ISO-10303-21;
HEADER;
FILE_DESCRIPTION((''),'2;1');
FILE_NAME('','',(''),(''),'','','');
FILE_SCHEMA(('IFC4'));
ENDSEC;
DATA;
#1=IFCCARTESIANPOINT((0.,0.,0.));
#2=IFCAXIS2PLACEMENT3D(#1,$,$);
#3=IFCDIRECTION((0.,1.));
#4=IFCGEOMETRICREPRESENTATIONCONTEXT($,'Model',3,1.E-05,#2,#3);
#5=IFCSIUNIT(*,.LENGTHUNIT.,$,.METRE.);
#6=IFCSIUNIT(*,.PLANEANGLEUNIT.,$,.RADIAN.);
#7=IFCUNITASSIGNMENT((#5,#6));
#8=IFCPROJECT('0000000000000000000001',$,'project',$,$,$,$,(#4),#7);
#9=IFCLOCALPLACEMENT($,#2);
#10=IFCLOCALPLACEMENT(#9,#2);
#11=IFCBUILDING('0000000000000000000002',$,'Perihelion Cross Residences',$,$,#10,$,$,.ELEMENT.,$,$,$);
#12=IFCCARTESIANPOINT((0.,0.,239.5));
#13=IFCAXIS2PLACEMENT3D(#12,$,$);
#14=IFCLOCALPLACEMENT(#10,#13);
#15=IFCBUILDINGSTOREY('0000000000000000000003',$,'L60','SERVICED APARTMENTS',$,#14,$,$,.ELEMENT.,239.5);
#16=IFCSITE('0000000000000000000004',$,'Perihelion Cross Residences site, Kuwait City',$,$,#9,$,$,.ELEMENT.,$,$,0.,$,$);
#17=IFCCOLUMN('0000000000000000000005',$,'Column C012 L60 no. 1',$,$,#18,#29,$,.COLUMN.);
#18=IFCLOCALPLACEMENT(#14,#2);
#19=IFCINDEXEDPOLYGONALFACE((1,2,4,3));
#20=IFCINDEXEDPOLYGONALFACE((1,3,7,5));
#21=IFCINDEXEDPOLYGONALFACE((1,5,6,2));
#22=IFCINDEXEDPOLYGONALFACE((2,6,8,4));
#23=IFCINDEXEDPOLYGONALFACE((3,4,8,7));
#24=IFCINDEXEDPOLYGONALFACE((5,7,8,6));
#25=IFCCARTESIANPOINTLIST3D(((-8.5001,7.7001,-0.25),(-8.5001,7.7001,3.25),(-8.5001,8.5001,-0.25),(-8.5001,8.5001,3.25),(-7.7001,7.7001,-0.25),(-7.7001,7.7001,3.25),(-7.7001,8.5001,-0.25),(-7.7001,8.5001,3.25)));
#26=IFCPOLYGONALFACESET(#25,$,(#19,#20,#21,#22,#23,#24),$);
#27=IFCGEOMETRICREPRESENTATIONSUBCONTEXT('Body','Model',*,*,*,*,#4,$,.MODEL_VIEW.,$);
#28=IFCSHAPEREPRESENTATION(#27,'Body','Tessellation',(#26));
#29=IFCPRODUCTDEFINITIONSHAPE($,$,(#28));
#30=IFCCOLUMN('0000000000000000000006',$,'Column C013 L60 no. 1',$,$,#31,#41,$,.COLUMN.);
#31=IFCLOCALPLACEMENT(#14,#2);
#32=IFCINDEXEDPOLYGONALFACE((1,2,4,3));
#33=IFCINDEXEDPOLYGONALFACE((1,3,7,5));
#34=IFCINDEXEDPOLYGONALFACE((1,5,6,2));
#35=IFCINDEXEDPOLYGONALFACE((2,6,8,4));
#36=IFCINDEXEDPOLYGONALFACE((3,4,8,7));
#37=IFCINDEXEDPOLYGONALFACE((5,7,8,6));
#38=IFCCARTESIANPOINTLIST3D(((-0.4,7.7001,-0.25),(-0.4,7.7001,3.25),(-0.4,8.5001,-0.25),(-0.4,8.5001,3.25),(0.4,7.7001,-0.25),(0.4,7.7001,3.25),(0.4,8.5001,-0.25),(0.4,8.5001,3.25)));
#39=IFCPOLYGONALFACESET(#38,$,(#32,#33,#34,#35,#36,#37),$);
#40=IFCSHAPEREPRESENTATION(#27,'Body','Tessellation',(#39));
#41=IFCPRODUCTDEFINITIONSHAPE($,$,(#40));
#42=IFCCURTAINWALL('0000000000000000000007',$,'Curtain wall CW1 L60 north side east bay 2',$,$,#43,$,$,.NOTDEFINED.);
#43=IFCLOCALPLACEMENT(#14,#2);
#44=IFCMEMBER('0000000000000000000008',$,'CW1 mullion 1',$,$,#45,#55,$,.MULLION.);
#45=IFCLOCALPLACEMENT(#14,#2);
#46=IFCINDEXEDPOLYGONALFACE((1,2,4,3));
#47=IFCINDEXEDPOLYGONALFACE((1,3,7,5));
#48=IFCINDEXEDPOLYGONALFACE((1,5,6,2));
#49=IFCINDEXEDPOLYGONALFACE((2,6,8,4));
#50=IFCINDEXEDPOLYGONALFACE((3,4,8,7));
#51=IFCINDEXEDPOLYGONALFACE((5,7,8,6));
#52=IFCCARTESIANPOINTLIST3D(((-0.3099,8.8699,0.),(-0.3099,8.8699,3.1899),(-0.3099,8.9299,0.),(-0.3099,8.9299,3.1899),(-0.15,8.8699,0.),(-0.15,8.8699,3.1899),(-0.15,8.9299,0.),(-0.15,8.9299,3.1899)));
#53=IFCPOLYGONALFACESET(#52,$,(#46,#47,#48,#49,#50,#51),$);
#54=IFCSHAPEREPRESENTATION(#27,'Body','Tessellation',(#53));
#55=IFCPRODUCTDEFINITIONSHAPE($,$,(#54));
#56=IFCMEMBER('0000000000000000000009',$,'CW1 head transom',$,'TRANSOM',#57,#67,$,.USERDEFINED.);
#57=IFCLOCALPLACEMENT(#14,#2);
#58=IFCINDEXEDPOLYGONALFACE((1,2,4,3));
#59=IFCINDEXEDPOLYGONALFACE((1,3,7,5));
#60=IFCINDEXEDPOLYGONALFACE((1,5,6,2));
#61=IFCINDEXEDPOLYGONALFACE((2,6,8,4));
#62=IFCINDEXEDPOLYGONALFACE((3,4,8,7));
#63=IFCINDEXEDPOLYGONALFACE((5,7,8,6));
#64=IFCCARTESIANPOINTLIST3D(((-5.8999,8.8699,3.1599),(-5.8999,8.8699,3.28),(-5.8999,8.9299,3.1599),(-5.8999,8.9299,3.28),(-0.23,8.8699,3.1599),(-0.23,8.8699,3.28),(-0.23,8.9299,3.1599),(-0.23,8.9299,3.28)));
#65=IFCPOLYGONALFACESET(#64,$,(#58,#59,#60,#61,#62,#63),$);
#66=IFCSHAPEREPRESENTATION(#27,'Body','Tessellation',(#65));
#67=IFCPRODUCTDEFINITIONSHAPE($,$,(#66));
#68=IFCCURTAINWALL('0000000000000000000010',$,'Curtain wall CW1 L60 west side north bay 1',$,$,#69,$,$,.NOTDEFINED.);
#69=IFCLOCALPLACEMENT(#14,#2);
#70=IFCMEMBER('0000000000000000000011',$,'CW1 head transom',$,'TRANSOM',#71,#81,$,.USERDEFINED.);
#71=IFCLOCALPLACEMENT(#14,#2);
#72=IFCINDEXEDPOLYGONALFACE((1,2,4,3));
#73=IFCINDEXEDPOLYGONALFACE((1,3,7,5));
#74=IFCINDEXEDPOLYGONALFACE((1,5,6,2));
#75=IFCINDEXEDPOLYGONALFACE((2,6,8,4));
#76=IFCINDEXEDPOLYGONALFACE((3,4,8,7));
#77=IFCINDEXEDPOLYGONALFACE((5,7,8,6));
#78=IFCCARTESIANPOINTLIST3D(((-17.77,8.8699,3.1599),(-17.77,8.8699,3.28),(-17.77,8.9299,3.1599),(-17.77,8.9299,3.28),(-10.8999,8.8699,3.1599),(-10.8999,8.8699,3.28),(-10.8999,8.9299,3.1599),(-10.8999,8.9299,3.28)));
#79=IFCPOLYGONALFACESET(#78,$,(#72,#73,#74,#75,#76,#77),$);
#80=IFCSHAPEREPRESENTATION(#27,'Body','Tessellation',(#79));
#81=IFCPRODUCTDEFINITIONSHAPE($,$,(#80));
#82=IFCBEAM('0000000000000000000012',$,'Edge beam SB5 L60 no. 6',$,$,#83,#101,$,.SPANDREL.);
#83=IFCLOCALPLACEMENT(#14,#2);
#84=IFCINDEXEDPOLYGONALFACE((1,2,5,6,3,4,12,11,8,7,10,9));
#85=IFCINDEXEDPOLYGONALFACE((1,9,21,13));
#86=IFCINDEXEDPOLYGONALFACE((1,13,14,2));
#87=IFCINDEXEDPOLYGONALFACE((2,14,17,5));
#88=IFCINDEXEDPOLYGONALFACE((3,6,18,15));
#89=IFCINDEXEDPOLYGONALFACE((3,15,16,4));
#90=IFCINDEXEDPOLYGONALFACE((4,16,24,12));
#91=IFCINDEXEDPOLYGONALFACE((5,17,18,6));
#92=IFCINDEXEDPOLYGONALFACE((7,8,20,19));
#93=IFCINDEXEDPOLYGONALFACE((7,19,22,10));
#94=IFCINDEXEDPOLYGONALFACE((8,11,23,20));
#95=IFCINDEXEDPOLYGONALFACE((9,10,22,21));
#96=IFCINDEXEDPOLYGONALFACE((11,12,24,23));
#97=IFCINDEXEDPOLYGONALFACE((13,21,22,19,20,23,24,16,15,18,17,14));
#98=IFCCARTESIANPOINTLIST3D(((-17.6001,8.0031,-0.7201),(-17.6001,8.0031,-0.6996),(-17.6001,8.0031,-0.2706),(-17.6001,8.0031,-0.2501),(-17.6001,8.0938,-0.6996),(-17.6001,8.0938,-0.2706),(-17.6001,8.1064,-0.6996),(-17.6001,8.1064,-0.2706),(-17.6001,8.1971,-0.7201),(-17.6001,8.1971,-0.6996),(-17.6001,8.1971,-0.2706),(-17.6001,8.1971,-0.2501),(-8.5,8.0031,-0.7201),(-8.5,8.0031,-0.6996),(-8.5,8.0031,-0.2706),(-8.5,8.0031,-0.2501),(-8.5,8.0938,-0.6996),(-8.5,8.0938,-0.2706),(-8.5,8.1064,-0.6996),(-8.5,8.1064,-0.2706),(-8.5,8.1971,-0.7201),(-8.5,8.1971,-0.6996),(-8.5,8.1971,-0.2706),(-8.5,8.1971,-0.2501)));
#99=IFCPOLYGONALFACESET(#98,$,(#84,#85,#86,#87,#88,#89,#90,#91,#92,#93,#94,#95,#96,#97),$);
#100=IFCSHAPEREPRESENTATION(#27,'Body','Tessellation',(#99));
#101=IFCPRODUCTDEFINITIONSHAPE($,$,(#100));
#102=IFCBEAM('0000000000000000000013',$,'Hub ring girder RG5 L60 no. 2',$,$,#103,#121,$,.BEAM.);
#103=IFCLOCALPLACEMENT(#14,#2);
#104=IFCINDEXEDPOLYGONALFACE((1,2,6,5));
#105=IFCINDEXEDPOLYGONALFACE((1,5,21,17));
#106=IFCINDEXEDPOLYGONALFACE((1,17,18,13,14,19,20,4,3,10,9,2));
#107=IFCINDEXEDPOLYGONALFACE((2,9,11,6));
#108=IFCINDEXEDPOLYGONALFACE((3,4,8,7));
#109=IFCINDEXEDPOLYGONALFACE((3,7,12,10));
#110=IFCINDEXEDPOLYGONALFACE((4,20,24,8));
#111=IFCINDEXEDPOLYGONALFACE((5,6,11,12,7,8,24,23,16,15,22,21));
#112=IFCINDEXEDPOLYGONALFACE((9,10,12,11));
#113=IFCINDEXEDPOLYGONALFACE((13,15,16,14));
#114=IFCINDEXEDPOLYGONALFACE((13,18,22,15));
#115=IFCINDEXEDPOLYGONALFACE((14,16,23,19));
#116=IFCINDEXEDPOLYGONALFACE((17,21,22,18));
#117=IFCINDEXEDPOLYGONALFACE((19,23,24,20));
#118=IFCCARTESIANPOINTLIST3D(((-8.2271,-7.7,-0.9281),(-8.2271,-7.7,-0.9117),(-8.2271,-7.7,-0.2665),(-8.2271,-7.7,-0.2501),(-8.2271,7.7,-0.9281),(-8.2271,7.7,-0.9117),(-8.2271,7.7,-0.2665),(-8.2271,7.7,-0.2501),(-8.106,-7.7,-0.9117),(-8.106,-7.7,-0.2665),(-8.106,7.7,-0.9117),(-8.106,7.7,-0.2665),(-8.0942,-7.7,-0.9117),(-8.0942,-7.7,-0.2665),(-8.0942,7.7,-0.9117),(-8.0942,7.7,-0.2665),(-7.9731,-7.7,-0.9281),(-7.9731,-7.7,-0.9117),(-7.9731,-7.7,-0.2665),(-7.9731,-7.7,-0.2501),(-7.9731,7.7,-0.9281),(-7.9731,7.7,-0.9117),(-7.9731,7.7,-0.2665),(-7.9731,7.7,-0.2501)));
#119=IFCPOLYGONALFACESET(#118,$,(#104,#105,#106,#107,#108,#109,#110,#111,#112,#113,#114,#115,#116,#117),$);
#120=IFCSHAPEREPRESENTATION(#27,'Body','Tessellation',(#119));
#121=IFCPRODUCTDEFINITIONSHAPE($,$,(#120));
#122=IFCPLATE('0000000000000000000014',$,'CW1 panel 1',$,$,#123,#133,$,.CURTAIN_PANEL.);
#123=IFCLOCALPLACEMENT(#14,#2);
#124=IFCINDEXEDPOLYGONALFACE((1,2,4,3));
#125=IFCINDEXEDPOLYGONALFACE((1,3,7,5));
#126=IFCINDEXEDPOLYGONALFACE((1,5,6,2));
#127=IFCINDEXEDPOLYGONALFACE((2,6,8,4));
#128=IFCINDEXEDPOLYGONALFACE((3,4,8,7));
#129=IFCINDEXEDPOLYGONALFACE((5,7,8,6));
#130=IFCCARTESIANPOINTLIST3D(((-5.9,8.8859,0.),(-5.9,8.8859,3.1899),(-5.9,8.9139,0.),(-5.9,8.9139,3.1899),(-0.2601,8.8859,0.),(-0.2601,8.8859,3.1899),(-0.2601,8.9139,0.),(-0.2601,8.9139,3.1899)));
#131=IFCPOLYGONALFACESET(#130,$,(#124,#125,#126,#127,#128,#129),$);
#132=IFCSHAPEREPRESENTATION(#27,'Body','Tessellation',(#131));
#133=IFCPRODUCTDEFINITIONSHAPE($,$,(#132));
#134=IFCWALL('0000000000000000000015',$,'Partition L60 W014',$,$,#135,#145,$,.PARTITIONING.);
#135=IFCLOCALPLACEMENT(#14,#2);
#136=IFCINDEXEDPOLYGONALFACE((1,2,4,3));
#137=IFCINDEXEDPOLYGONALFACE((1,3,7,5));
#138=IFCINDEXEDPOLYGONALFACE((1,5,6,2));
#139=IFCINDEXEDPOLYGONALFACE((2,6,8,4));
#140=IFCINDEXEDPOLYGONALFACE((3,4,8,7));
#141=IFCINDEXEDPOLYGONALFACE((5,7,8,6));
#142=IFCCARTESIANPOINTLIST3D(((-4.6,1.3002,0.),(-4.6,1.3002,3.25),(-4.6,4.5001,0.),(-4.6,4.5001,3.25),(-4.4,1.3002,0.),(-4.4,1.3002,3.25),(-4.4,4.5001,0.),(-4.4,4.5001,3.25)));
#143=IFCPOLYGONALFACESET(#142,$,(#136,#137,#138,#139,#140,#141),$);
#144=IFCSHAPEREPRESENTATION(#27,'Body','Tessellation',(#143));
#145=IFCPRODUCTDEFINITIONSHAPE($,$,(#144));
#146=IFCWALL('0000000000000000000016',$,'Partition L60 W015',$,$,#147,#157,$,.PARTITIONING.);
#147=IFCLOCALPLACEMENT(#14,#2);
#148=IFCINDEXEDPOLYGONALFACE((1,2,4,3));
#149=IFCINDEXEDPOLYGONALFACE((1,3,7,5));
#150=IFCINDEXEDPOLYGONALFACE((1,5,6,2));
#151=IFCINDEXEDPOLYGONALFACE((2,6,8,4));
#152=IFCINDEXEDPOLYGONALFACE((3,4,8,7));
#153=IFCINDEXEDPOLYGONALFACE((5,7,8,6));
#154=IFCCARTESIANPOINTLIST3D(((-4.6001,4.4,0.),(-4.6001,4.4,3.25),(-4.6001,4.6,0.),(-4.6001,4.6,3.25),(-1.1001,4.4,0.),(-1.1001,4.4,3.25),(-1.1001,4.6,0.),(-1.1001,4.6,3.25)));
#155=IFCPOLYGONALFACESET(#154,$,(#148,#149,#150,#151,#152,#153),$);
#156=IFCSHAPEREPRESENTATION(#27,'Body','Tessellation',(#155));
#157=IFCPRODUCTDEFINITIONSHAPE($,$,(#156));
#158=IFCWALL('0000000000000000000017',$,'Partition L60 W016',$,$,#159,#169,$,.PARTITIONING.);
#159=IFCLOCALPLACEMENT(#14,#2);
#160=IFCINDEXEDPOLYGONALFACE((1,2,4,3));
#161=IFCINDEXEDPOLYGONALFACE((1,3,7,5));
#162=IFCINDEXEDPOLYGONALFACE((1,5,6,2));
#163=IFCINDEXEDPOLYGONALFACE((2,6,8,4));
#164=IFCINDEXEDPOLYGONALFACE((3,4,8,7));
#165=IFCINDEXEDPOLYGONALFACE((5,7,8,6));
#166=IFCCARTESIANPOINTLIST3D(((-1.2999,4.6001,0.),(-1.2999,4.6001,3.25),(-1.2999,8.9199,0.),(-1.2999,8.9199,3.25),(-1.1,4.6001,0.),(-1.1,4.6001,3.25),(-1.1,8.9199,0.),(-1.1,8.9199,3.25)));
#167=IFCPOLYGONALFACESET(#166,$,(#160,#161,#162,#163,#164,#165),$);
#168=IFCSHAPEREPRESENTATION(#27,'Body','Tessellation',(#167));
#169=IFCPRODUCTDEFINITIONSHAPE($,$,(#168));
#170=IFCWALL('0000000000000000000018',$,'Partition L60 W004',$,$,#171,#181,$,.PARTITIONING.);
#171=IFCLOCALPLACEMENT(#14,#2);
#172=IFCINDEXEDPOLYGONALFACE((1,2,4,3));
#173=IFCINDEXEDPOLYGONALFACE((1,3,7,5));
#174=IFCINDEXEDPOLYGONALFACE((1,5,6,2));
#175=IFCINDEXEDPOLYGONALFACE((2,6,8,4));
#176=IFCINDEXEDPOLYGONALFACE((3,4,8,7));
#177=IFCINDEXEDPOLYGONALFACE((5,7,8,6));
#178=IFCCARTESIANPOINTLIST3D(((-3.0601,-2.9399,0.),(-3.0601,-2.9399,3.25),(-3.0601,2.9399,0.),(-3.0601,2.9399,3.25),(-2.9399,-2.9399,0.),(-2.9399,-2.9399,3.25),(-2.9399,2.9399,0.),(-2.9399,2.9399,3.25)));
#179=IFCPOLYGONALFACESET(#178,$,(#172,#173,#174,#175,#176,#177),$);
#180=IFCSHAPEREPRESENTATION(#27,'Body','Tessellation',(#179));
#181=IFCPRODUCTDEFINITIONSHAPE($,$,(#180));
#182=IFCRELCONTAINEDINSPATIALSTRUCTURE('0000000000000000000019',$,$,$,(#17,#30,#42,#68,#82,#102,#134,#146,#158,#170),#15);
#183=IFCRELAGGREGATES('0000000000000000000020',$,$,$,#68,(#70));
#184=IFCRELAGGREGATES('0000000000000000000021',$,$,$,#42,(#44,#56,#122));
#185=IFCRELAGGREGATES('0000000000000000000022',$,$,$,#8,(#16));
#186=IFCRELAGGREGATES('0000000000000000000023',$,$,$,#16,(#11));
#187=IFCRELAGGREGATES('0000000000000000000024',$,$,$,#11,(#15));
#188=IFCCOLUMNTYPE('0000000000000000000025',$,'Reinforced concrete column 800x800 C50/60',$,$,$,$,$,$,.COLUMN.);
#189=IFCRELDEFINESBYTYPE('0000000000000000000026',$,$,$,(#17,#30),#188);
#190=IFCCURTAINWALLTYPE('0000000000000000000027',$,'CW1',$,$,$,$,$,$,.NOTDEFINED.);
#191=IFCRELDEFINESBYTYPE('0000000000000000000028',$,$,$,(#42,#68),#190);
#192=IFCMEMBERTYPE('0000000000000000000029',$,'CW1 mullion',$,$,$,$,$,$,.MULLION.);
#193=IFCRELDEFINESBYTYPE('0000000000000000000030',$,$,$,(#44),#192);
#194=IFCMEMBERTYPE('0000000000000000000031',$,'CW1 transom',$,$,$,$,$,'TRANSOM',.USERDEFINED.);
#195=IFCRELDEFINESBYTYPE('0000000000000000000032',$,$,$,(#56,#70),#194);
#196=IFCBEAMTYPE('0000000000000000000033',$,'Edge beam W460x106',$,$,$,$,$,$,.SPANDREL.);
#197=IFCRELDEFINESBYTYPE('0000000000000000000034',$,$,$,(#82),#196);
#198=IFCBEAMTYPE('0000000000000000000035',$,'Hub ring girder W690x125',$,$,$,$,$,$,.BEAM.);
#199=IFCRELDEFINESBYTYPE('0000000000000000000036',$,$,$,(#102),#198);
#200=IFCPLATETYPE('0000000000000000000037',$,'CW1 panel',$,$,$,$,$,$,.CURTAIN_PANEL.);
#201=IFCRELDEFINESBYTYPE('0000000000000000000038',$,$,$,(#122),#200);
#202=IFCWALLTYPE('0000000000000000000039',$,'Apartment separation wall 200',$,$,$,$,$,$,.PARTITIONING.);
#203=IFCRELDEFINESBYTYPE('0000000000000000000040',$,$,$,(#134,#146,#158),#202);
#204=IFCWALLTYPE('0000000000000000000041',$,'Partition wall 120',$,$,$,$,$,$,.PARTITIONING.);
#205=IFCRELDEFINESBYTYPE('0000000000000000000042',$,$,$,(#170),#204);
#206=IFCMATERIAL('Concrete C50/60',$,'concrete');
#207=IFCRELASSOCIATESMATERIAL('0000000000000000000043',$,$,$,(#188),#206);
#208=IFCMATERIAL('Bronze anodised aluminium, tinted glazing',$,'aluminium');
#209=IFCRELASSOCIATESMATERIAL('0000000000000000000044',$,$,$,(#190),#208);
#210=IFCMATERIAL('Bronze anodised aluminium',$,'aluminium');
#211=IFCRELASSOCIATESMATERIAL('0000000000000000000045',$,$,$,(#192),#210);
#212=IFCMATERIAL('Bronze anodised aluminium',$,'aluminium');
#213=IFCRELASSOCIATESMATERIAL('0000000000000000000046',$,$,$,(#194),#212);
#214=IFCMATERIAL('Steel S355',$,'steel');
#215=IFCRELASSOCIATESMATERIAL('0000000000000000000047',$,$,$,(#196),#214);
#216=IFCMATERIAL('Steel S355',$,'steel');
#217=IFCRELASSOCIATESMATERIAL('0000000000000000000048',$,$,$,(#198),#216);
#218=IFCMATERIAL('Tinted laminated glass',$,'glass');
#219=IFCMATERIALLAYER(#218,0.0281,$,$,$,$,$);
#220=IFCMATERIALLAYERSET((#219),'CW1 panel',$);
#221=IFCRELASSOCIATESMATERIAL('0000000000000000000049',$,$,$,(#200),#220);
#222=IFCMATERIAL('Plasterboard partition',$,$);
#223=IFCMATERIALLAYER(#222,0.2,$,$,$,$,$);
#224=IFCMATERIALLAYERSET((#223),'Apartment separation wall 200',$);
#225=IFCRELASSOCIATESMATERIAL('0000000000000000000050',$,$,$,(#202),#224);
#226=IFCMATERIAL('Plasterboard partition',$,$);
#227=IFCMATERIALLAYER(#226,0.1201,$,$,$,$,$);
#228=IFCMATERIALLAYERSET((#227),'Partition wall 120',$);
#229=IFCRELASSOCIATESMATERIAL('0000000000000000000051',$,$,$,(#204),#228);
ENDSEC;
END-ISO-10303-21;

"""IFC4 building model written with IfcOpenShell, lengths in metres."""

from ifc_helpers import new_model, si_unit, direction, frame, frame_2d, origin, origin_2d, place, context, subcontext, project, spatial, rectangle, i_section, extrude, material, layer, layer_set, material_profile, profile_set, type_object, element, aggregate, save


model = new_model("IFC4")

# Units and contexts
model_context = context("Model", 3, precision=1e-05, world=origin(), true_north=direction((0.0, 1.0)))
body_context = subcontext(model_context, "Body", "Model", "MODEL_VIEW")
ifc_project = project(units=[si_unit("LENGTHUNIT", "METRE"), si_unit("PLANEANGLEUNIT", "RADIAN")], contexts=[model_context])

# Site, building, storey
site_placement = place(None, origin())
site = spatial("IfcSite", under=ifc_project, at=site_placement, Name="Perihelion Cross Residences site, Kuwait City", CompositionType="ELEMENT", RefElevation=0.0)
building_placement = place(site_placement, origin())
building = spatial("IfcBuilding", under=site, at=building_placement, Name="Perihelion Cross Residences", CompositionType="ELEMENT")
storey_placement = place(building_placement, frame((0.0, 0.0, 239.5)))
storey = spatial("IfcBuildingStorey", under=building, at=storey_placement, Name="L60", Description="SERVICED APARTMENTS", CompositionType="ELEMENT", Elevation=239.5)

# Columns
ifc_material_1 = material(Name="Concrete C50/60", Category="concrete")
ifc_material_profile_1 = material_profile(ifc_material_1, rectangle(XDim=0.8, YDim=0.8, at=origin_2d()), Name="RC 800x800")
ifc_profile_set_1 = profile_set([ifc_material_profile_1], Name="Concrete C50/60")
column_type = type_object("IfcColumnType", Name="Reinforced concrete column 800x800 C50/60", PredefinedType="COLUMN", material=ifc_profile_set_1)
for number, where, z_axis, x_axis, name in (
    (1, (-8.1001, 8.1001, -0.25), (0.0, 0.0, 1.0), (1.0, 0.0, 0.0), "Column C012 L60 no. 1"),
    (2, (0.0, 8.1001, -0.25), (0.0, 0.0, 1.0), (1.0, 0.0, 0.0), "Column C013 L60 no. 1"),
):
    element("IfcColumn", number, at=place(storey_placement, frame(where, z_axis=z_axis, x_axis=x_axis)), inside=storey, type_object=column_type, Name=name, PredefinedType="COLUMN", context=body_context, shape_type="SweptSolid", body=[
        extrude(rectangle(XDim=0.8, YDim=0.8, at=origin_2d()), origin(), (0.0, 0.0, 1.0), 3.5),
    ])

# Curtain wall, members
ifc_material_2 = material(Name="Bronze anodised aluminium, tinted glazing", Category="aluminium")
curtain_wall_type = type_object("IfcCurtainWallType", Name="CW1", PredefinedType="NOTDEFINED", material=ifc_material_2)
curtain_wall_1_placement = place(storey_placement, origin())
curtain_wall_1 = element("IfcCurtainWall", 3, at=curtain_wall_1_placement, inside=storey, type_object=curtain_wall_type, Name="Curtain wall CW1 L60 north side east bay 2", PredefinedType="NOTDEFINED")
ifc_material_3 = material(Name="Bronze anodised aluminium", Category="aluminium")
ifc_material_profile_2 = material_profile(ifc_material_3, rectangle(XDim=0.0601, YDim=0.1599, at=origin_2d()), Name="CW1 mullion")
ifc_profile_set_2 = profile_set([ifc_material_profile_2], Name="Bronze anodised aluminium")
member_type_1 = type_object("IfcMemberType", Name="CW1 mullion", PredefinedType="MULLION", material=ifc_profile_set_2)
member_1_placement = place(storey_placement, frame((-0.23, 8.8999, 0.0), z_axis=(0.0, 0.0, 1.0), x_axis=(0.0, -1.0, 0.0)))
member_1 = element("IfcMember", 4, at=member_1_placement, type_object=member_type_1, Name="CW1 mullion 1", PredefinedType="MULLION", context=body_context, shape_type="SweptSolid", body=[
    extrude(rectangle(XDim=0.0601, YDim=0.1599, at=origin_2d()), origin(), (0.0, 0.0, 1.0), 3.1899),
])
ifc_material_4 = material(Name="Bronze anodised aluminium", Category="aluminium")
ifc_material_profile_3 = material_profile(ifc_material_4, rectangle(XDim=0.0601, YDim=0.1201, at=origin_2d()), Name="CW1 transom")
ifc_profile_set_3 = profile_set([ifc_material_profile_3], Name="Bronze anodised aluminium")
member_type_2 = type_object("IfcMemberType", Name="CW1 transom", ElementType="TRANSOM", PredefinedType="USERDEFINED", material=ifc_profile_set_3)
member_2_placement = place(storey_placement, frame((-0.23, 8.8999, 3.22), z_axis=(-1.0, 0.0, 0.0), x_axis=(0.0, -1.0, 0.0)))
member_2 = element("IfcMember", 5, at=member_2_placement, type_object=member_type_2, Name="CW1 head transom", ObjectType="TRANSOM", PredefinedType="USERDEFINED", context=body_context, shape_type="SweptSolid", body=[
    extrude(rectangle(XDim=0.0601, YDim=0.1201, at=origin_2d()), origin(), (0.0, 0.0, 1.0), 5.6699),
])

# Curtain wall, member
curtain_wall_2_placement = place(storey_placement, origin())
curtain_wall_2 = element("IfcCurtainWall", 6, at=curtain_wall_2_placement, inside=storey, type_object=curtain_wall_type, Name="Curtain wall CW1 L60 west side north bay 1", PredefinedType="NOTDEFINED")
member_3_placement = place(storey_placement, frame((-10.8999, 8.8999, 3.22), z_axis=(-1.0, 0.0, 0.0), x_axis=(0.0, -1.0, 0.0)))
member_3 = element("IfcMember", 7, at=member_3_placement, type_object=member_type_2, Name="CW1 head transom", ObjectType="TRANSOM", PredefinedType="USERDEFINED", context=body_context, shape_type="SweptSolid", body=[
    extrude(rectangle(XDim=0.0601, YDim=0.1201, at=origin_2d()), origin(), (0.0, 0.0, 1.0), 6.8701),
])
aggregate(curtain_wall_2, [member_3])

# Beams
ifc_material_5 = material(Name="Steel S355", Category="steel")
ifc_material_profile_4 = material_profile(ifc_material_5, i_section(OverallWidth=0.1941, OverallDepth=0.47, WebThickness=0.0127, FlangeThickness=0.0205, at=origin_2d()), Name="W460x106")
ifc_profile_set_4 = profile_set([ifc_material_profile_4], Name="Steel S355")
beam_type_1 = type_object("IfcBeamType", Name="Edge beam W460x106", PredefinedType="SPANDREL", material=ifc_profile_set_4)
beam_1_placement = place(storey_placement, frame((-8.5, 8.1001, -0.4851), z_axis=(-1.0, 0.0, 0.0), x_axis=(0.0, -1.0, 0.0)))
element("IfcBeam", 8, at=beam_1_placement, inside=storey, type_object=beam_type_1, Name="Edge beam SB5 L60 no. 6", PredefinedType="SPANDREL", context=body_context, shape_type="SweptSolid", body=[
    extrude(i_section(OverallWidth=0.1941, OverallDepth=0.47, WebThickness=0.0127, FlangeThickness=0.0205, at=origin_2d()), origin(), (0.0, 0.0, 1.0), 9.1001),
])
ifc_material_6 = material(Name="Steel S355", Category="steel")
ifc_material_profile_5 = material_profile(ifc_material_6, i_section(OverallWidth=0.2539, OverallDepth=0.678, WebThickness=0.0117, FlangeThickness=0.0164, at=origin_2d()), Name="W690x125")
ifc_profile_set_5 = profile_set([ifc_material_profile_5], Name="Steel S355")
beam_type_2 = type_object("IfcBeamType", Name="Hub ring girder W690x125", PredefinedType="BEAM", material=ifc_profile_set_5)
beam_2_placement = place(storey_placement, frame((-8.1001, 7.7, -0.5891), z_axis=(0.0, -1.0, 0.0), x_axis=(1.0, 0.0, 0.0)))
element("IfcBeam", 9, at=beam_2_placement, inside=storey, type_object=beam_type_2, Name="Hub ring girder RG5 L60 no. 2", PredefinedType="BEAM", context=body_context, shape_type="SweptSolid", body=[
    extrude(i_section(OverallWidth=0.2539, OverallDepth=0.678, WebThickness=0.0117, FlangeThickness=0.0164, at=origin_2d()), origin(), (0.0, 0.0, 1.0), 15.3999),
])

# Plate
ifc_material_7 = material(Name="Tinted laminated glass", Category="glass")
ifc_layer_1 = layer(ifc_material_7, 0.0281)
ifc_layer_set_1 = layer_set([ifc_layer_1], Name="CW1 panel")
plate_type = type_object("IfcPlateType", Name="CW1 panel", PredefinedType="CURTAIN_PANEL", material=ifc_layer_set_1)
plate_placement = place(storey_placement, frame((-3.0801, 8.8999, 0.0), z_axis=(0.0, 0.0, 1.0), x_axis=(-1.0, 0.0, 0.0)))
plate = element("IfcPlate", 10, at=plate_placement, type_object=plate_type, Name="CW1 panel 1", PredefinedType="CURTAIN_PANEL", context=body_context, shape_type="SweptSolid", body=[
    extrude(rectangle(XDim=5.6399, YDim=0.0281, at=origin_2d()), origin(), (0.0, 0.0, 1.0), 3.1899),
])
aggregate(curtain_wall_1, [member_1, member_2, plate])

# Walls
ifc_material_8 = material(Name="Plasterboard partition")
ifc_layer_2 = layer(ifc_material_8, 0.2)
ifc_layer_set_2 = layer_set([ifc_layer_2], Name="Apartment separation wall 200")
wall_type_1 = type_object("IfcWallType", Name="Apartment separation wall 200", PredefinedType="PARTITIONING", material=ifc_layer_set_2)
wall_1_placement = place(storey_placement, frame((-4.5, 1.3, 0.0), z_axis=(0.0, 0.0, 1.0), x_axis=(0.0, 1.0, 0.0)))
element("IfcWall", 11, at=wall_1_placement, inside=storey, type_object=wall_type_1, Name="Partition L60 W014", PredefinedType="PARTITIONING", context=body_context, shape_type="SweptSolid", body=[
    extrude(rectangle(XDim=3.2, YDim=0.2, at=frame_2d((1.6001, 0.0))), origin(), (0.0, 0.0, 1.0), 3.25),
])
wall_2_placement = place(storey_placement, frame((-4.6001, 4.5, 0.0), z_axis=(0.0, 0.0, 1.0), x_axis=(1.0, 0.0, 0.0)))
element("IfcWall", 12, at=wall_2_placement, inside=storey, type_object=wall_type_1, Name="Partition L60 W015", PredefinedType="PARTITIONING", context=body_context, shape_type="SweptSolid", body=[
    extrude(rectangle(XDim=3.5, YDim=0.2, at=frame_2d((1.75, 0.0))), origin(), (0.0, 0.0, 1.0), 3.25),
])
wall_3_placement = place(storey_placement, frame((-1.2, 4.6001, 0.0), z_axis=(0.0, 0.0, 1.0), x_axis=(0.0, 1.0, 0.0)))
element("IfcWall", 13, at=wall_3_placement, inside=storey, type_object=wall_type_1, Name="Partition L60 W016", PredefinedType="PARTITIONING", context=body_context, shape_type="SweptSolid", body=[
    extrude(rectangle(XDim=4.3198, YDim=0.2, at=frame_2d((2.1599, 0.0))), origin(), (0.0, 0.0, 1.0), 3.25),
])

# Wall
ifc_material_9 = material(Name="Plasterboard partition")
ifc_layer_3 = layer(ifc_material_9, 0.1201)
ifc_layer_set_3 = layer_set([ifc_layer_3], Name="Partition wall 120")
wall_type_2 = type_object("IfcWallType", Name="Partition wall 120", PredefinedType="PARTITIONING", material=ifc_layer_set_3)
wall_4_placement = place(storey_placement, frame((-3.0, 2.9399, 0.0), z_axis=(0.0, 0.0, 1.0), x_axis=(0.0, -1.0, 0.0)))
element("IfcWall", 14, at=wall_4_placement, inside=storey, type_object=wall_type_2, Name="Partition L60 W004", PredefinedType="PARTITIONING", context=body_context, shape_type="SweptSolid", body=[
    extrude(rectangle(XDim=5.8799, YDim=0.1201, at=frame_2d((2.9399, 0.0))), origin(), (0.0, 0.0, 1.0), 3.25),
])

save(model, "model.ifc")
